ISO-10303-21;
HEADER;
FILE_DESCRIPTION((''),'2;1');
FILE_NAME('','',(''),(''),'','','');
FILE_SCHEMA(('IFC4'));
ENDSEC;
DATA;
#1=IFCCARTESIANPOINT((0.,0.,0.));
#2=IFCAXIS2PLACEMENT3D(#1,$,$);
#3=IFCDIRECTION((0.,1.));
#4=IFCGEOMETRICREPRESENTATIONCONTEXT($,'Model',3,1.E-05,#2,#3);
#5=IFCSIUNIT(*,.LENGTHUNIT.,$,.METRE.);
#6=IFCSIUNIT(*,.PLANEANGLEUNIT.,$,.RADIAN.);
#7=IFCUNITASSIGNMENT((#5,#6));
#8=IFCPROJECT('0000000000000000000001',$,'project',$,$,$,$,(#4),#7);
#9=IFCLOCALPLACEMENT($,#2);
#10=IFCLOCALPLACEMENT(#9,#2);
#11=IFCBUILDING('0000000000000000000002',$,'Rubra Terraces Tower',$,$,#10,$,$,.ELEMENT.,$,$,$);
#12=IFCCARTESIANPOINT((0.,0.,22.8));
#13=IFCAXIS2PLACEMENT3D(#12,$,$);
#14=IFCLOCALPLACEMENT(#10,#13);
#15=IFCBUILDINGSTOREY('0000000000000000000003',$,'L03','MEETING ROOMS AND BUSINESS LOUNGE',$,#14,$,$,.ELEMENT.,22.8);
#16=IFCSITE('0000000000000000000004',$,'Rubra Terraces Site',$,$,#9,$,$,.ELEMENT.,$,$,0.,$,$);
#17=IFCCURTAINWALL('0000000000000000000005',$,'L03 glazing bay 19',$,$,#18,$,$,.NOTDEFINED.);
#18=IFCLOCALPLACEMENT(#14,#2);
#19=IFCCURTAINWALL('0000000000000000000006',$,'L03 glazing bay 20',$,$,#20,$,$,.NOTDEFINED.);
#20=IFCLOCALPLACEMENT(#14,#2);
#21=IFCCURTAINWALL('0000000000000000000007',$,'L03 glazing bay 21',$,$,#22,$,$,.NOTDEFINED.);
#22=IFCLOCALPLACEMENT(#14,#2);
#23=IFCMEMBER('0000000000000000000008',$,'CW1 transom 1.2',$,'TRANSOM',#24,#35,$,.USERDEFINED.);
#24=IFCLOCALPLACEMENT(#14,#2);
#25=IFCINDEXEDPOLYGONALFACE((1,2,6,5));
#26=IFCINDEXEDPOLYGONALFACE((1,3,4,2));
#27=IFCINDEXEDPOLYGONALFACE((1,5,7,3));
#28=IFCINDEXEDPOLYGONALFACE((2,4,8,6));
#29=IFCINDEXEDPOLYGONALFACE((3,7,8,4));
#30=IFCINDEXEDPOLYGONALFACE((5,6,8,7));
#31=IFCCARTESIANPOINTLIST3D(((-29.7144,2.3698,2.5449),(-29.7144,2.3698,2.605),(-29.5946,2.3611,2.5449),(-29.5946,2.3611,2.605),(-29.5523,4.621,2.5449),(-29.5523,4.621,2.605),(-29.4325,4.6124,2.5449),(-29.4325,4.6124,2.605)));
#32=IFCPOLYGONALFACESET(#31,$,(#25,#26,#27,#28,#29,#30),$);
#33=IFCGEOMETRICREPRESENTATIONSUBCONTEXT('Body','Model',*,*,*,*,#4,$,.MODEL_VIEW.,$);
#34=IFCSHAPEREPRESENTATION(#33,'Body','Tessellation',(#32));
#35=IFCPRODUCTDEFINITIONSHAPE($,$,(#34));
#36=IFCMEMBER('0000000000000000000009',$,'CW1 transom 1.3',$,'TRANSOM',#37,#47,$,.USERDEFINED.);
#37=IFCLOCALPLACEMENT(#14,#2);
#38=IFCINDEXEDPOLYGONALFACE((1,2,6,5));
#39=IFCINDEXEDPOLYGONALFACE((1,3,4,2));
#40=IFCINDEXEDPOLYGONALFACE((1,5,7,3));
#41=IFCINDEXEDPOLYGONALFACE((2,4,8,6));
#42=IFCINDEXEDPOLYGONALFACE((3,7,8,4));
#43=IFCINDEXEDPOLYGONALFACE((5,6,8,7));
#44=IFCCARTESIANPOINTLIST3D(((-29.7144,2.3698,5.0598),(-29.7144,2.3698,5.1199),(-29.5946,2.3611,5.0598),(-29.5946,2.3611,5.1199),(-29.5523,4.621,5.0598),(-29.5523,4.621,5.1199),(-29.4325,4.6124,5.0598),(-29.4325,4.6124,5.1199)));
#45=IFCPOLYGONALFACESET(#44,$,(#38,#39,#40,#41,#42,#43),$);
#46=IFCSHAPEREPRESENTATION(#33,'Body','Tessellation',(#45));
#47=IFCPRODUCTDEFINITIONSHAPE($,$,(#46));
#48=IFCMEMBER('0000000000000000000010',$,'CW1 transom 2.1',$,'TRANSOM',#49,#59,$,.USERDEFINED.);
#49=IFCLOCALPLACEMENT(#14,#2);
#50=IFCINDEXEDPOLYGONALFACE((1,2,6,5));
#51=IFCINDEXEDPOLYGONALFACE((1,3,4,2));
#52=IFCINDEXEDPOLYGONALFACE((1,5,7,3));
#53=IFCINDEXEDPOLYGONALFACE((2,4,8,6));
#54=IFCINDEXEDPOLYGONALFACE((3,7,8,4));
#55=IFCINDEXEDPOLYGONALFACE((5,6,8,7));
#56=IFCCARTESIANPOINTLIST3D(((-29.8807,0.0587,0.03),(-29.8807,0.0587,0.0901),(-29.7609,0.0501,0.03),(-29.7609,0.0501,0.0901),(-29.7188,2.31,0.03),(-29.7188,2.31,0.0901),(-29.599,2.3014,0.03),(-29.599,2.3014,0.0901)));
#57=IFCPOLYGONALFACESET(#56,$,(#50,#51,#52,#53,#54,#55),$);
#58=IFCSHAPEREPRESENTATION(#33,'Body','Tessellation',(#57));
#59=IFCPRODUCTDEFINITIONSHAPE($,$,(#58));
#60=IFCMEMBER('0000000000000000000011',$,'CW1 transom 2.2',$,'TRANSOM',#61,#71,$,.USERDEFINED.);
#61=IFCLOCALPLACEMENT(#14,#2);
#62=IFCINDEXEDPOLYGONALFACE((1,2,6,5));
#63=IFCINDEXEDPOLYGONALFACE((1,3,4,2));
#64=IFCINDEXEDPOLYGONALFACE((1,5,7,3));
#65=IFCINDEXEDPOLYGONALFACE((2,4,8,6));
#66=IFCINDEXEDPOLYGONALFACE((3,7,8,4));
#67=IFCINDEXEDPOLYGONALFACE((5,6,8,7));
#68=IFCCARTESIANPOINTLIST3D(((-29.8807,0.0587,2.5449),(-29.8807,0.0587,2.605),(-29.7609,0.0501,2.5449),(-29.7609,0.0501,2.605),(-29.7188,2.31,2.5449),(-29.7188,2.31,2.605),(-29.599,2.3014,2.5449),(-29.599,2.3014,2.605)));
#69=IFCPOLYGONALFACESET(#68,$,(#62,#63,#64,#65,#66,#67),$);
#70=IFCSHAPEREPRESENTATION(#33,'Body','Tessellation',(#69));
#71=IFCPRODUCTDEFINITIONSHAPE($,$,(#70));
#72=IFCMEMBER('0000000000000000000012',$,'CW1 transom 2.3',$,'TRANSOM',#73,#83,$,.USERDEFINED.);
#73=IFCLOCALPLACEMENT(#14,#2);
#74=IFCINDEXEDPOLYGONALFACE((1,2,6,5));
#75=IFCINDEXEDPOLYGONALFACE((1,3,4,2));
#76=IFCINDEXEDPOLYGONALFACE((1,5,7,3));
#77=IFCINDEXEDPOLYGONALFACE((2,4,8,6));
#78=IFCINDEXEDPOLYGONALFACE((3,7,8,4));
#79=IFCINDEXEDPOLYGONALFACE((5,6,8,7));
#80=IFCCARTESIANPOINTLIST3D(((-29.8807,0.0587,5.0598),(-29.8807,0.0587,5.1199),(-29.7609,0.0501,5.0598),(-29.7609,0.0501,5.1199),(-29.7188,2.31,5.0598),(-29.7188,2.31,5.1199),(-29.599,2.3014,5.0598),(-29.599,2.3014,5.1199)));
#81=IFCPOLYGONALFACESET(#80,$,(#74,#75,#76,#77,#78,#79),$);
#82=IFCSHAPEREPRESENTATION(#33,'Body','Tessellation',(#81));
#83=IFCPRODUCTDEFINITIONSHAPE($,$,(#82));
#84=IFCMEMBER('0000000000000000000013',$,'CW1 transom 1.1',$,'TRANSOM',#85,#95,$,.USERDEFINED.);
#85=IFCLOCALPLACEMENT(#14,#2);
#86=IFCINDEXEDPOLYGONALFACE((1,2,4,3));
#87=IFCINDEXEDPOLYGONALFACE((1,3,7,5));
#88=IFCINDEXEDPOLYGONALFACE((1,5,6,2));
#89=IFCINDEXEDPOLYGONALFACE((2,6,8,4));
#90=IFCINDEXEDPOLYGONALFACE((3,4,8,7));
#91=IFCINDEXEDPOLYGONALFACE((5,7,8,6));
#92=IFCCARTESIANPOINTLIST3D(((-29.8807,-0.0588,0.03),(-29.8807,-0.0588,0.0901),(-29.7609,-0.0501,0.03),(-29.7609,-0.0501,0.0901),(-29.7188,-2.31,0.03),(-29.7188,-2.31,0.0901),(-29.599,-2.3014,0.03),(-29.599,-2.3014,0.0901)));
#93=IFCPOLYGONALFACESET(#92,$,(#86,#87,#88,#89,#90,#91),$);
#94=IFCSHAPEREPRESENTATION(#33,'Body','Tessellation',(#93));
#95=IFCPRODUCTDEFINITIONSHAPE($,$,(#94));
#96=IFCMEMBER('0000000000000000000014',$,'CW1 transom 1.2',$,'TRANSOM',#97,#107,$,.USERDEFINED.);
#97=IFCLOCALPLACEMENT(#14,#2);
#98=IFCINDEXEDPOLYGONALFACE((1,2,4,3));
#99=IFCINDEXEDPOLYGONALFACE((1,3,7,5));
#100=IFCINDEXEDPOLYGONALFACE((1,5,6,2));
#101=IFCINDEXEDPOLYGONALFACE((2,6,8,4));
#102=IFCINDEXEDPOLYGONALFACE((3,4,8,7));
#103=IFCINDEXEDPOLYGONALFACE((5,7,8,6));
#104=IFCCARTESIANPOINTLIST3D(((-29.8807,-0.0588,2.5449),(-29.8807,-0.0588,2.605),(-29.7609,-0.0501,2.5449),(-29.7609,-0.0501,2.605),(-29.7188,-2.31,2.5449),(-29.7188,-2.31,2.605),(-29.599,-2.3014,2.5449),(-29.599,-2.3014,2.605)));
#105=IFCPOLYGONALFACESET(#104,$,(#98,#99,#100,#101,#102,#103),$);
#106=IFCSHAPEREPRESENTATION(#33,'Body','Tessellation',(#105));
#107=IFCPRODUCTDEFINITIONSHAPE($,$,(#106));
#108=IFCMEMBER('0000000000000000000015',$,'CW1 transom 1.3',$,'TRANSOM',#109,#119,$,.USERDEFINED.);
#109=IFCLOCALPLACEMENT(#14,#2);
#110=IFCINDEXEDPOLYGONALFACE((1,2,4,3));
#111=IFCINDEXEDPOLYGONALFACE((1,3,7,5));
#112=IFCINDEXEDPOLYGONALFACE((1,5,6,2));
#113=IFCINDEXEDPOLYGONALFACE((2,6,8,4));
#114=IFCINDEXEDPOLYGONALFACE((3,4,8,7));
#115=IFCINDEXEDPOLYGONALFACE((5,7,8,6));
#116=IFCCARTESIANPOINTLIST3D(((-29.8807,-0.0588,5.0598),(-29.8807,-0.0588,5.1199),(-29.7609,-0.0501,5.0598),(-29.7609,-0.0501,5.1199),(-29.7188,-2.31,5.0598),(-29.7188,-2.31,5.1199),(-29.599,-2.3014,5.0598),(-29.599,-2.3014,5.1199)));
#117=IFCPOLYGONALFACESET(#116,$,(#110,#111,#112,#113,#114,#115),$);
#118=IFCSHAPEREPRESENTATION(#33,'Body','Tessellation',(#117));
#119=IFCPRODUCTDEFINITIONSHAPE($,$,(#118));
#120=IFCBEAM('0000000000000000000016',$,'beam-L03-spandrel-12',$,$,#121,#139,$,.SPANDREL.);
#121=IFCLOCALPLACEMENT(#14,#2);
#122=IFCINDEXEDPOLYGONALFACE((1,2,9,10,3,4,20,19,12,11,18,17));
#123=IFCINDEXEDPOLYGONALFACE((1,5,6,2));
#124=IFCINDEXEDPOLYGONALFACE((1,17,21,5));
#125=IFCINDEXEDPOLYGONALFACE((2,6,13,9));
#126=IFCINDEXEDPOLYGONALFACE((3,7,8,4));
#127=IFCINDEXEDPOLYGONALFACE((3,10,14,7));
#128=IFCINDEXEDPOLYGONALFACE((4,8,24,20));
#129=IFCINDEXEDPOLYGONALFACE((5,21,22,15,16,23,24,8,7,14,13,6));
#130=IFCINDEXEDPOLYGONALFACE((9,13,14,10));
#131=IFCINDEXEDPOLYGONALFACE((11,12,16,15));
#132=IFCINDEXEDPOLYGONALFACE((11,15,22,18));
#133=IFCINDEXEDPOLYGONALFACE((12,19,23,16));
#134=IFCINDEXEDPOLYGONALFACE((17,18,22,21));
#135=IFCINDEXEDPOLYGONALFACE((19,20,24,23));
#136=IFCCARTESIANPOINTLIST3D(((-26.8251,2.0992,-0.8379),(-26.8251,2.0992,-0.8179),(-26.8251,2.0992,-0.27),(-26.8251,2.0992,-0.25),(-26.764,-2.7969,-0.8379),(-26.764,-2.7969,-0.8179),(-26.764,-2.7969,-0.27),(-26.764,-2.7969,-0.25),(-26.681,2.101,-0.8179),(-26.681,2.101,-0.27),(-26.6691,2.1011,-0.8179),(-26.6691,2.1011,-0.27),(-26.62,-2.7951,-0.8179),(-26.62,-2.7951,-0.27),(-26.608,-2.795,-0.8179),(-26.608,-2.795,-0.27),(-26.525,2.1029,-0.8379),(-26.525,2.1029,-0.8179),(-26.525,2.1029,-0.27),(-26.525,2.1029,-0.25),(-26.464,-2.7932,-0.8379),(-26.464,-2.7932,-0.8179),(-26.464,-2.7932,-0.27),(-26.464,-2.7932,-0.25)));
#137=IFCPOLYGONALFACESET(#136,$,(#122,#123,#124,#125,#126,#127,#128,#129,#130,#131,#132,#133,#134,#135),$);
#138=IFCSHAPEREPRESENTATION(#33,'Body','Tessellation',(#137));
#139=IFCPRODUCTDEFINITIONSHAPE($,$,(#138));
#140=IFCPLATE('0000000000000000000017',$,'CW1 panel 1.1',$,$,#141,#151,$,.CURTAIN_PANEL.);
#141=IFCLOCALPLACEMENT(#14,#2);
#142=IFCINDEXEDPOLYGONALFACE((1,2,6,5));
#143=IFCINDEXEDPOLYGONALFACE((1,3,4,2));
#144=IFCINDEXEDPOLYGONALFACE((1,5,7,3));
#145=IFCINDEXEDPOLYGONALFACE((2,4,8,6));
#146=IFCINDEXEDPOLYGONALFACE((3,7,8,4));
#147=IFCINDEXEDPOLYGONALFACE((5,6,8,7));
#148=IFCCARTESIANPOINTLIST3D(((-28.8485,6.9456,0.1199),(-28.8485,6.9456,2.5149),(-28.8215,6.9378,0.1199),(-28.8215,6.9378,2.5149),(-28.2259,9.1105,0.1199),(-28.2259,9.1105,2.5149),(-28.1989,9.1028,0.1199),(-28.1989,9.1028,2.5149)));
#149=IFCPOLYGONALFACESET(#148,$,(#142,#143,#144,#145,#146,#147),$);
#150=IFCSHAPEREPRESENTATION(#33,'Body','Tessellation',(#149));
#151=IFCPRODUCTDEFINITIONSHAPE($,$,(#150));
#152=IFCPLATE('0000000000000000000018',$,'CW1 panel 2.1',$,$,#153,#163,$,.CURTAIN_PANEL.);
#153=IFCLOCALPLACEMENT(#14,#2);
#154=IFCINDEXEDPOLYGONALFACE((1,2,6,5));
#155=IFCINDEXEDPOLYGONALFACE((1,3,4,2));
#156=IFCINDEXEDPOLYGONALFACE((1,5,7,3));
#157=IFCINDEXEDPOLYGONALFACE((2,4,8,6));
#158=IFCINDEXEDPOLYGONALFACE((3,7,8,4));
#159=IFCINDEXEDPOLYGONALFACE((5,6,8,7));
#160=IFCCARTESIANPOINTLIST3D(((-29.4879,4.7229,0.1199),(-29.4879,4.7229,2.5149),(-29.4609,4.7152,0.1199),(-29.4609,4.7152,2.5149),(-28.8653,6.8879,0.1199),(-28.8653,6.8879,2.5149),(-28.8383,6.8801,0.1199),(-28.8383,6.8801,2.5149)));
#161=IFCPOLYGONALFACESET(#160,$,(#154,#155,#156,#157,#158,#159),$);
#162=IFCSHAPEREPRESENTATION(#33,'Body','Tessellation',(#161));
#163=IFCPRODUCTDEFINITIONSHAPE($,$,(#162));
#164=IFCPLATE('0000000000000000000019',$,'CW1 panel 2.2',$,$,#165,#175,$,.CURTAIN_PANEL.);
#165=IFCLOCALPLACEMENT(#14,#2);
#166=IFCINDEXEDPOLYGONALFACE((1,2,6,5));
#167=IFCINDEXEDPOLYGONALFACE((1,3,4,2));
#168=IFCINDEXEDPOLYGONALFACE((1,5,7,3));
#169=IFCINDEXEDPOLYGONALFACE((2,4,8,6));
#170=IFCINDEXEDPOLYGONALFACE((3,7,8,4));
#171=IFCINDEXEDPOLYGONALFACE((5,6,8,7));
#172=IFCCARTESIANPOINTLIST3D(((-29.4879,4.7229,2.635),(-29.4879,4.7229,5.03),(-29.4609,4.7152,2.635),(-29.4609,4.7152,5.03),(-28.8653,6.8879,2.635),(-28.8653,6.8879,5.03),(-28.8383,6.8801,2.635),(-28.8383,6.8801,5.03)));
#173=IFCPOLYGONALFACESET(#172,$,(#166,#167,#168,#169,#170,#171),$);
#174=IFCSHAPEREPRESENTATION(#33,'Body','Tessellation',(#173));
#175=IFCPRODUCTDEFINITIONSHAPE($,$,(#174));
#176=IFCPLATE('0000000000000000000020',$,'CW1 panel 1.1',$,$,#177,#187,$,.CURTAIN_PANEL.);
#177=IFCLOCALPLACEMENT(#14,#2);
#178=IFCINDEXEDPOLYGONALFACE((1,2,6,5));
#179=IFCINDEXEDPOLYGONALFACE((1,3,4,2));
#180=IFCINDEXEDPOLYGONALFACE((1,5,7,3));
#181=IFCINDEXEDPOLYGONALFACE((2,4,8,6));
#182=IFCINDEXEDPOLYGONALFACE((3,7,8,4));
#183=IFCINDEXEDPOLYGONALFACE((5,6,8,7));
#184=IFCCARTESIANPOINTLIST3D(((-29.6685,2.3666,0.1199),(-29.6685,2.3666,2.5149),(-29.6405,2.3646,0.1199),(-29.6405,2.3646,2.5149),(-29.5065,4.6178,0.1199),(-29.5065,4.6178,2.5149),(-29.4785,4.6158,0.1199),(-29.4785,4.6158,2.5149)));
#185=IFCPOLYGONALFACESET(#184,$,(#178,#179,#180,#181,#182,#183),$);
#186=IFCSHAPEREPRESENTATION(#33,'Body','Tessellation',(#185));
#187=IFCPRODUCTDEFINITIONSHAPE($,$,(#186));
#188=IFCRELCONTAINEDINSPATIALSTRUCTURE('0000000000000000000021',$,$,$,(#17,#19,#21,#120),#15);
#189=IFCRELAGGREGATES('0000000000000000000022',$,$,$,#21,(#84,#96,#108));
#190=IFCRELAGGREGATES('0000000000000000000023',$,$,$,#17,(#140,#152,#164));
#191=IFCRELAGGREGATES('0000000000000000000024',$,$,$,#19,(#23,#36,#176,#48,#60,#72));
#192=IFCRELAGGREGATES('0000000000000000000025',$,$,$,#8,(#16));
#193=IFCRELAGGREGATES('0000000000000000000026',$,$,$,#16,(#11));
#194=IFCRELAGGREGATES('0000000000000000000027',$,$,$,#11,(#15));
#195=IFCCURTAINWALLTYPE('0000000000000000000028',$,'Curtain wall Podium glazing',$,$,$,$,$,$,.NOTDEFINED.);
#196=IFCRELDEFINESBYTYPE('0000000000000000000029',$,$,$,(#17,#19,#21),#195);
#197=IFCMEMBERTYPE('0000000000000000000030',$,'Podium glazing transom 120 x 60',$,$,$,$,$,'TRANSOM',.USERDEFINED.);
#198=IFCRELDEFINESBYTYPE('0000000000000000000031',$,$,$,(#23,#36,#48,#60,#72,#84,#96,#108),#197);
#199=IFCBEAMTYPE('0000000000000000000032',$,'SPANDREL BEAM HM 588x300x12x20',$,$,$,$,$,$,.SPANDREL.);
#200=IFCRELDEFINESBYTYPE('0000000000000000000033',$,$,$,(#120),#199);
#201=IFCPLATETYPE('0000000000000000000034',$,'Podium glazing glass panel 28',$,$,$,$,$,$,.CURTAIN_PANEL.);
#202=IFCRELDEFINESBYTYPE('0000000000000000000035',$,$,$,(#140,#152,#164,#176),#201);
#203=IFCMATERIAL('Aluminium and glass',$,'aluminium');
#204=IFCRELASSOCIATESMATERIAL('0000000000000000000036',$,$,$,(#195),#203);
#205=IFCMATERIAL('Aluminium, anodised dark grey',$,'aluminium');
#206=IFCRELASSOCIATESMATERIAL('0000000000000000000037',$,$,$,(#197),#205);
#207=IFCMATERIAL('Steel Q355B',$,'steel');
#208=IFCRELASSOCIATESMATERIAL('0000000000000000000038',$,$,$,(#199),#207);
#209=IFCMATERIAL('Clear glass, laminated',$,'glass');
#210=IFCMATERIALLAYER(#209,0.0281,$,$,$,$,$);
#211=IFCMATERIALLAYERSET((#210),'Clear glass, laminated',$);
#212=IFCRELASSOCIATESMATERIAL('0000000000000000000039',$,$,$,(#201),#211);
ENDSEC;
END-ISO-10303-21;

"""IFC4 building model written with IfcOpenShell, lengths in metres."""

from ifc_helpers import new_model, si_unit, direction, frame, origin, origin_2d, place, context, subcontext, project, spatial, rectangle, i_section, extrude, material, layer, layer_set, material_profile, profile_set, type_object, element, aggregate, save


model = new_model("IFC4")

# Units and contexts
model_context = context("Model", 3, precision=1e-05, world=origin(), true_north=direction((0.0, 1.0)))
body_context = subcontext(model_context, "Body", "Model", "MODEL_VIEW")
ifc_project = project(units=[si_unit("LENGTHUNIT", "METRE"), si_unit("PLANEANGLEUNIT", "RADIAN")], contexts=[model_context])

# Site, building, storey
site_placement = place(None, origin())
site = spatial("IfcSite", under=ifc_project, at=site_placement, Name="Rubra Terraces Site", CompositionType="ELEMENT", RefElevation=0.0)
building_placement = place(site_placement, origin())
building = spatial("IfcBuilding", under=site, at=building_placement, Name="Rubra Terraces Tower", CompositionType="ELEMENT")
storey_placement = place(building_placement, frame((0.0, 0.0, 22.8)))
storey = spatial("IfcBuildingStorey", under=building, at=storey_placement, Name="L03", Description="MEETING ROOMS AND BUSINESS LOUNGE", CompositionType="ELEMENT", Elevation=22.8)

# Shared definitions
ifc_material_1 = material(Name="Steel Q355B", Category="steel")

# Curtain wall
ifc_material_2 = material(Name="Aluminium and glass", Category="aluminium")
curtain_wall_type = type_object("IfcCurtainWallType", Name="Curtain wall Podium glazing", PredefinedType="NOTDEFINED", material=ifc_material_2)
curtain_wall_1_placement = place(storey_placement, origin())
curtain_wall_1 = element("IfcCurtainWall", 1, at=curtain_wall_1_placement, inside=storey, type_object=curtain_wall_type, Name="L03 glazing bay 19", PredefinedType="NOTDEFINED")
ifc_material_3 = material(Name="Aluminium, anodised dark grey", Category="aluminium")

# Curtain wall
curtain_wall_2_placement = place(storey_placement, origin())
curtain_wall_2 = element("IfcCurtainWall", 2, at=curtain_wall_2_placement, inside=storey, type_object=curtain_wall_type, Name="L03 glazing bay 20", PredefinedType="NOTDEFINED")

# Curtain wall
curtain_wall_3_placement = place(storey_placement, origin())
curtain_wall_3 = element("IfcCurtainWall", 3, at=curtain_wall_3_placement, inside=storey, type_object=curtain_wall_type, Name="L03 glazing bay 21", PredefinedType="NOTDEFINED")

# Members
ifc_material_profile_1 = material_profile(ifc_material_3, rectangle(XDim=0.1201, YDim=0.0601, at=origin_2d()), Name="AL 120x60")
ifc_profile_set_1 = profile_set([ifc_material_profile_1], Name="Aluminium, anodised dark grey")
member_type_1 = type_object("IfcMemberType", Name="Podium glazing transom 120 x 60", ElementType="TRANSOM", PredefinedType="USERDEFINED", material=ifc_profile_set_1)
member_1_placement = place(storey_placement, frame((-29.4924, 4.6167, 2.575), z_axis=(-0.071824, -0.997417, 0.0), x_axis=(0.997417, -0.071824, 0.0)))
member_1 = element("IfcMember", 4, at=member_1_placement, type_object=member_type_1, Name="CW1 transom 1.2", ObjectType="TRANSOM", PredefinedType="USERDEFINED", context=body_context, shape_type="SweptSolid", body=[
    extrude(rectangle(XDim=0.1201, YDim=0.0601, at=origin_2d()), origin(), (0.0, 0.0, 1.0), 2.2571),
])
member_2_placement = place(storey_placement, frame((-29.4924, 4.6167, 5.0898), z_axis=(-0.071824, -0.997417, 0.0), x_axis=(0.997417, -0.071824, 0.0)))
member_2 = element("IfcMember", 5, at=member_2_placement, type_object=member_type_1, Name="CW1 transom 1.3", ObjectType="TRANSOM", PredefinedType="USERDEFINED", context=body_context, shape_type="SweptSolid", body=[
    extrude(rectangle(XDim=0.1201, YDim=0.0601, at=origin_2d()), origin(), (0.0, 0.0, 1.0), 2.2571),
])
member_3_placement = place(storey_placement, frame((-29.6589, 2.3057, 0.0601), z_axis=(-0.071716, -0.997425, 0.0), x_axis=(0.997425, -0.071716, 0.0)))
member_3 = element("IfcMember", 6, at=member_3_placement, type_object=member_type_1, Name="CW1 transom 2.1", ObjectType="TRANSOM", PredefinedType="USERDEFINED", context=body_context, shape_type="SweptSolid", body=[
    extrude(rectangle(XDim=0.1201, YDim=0.0601, at=origin_2d()), origin(), (0.0, 0.0, 1.0), 2.2571),
])
member_4_placement = place(storey_placement, frame((-29.6589, 2.3057, 2.575), z_axis=(-0.071716, -0.997425, 0.0), x_axis=(0.997425, -0.071716, 0.0)))
member_4 = element("IfcMember", 7, at=member_4_placement, type_object=member_type_1, Name="CW1 transom 2.2", ObjectType="TRANSOM", PredefinedType="USERDEFINED", context=body_context, shape_type="SweptSolid", body=[
    extrude(rectangle(XDim=0.1201, YDim=0.0601, at=origin_2d()), origin(), (0.0, 0.0, 1.0), 2.2571),
])
member_5_placement = place(storey_placement, frame((-29.6589, 2.3057, 5.0898), z_axis=(-0.071716, -0.997425, 0.0), x_axis=(0.997425, -0.071716, 0.0)))
member_5 = element("IfcMember", 8, at=member_5_placement, type_object=member_type_1, Name="CW1 transom 2.3", ObjectType="TRANSOM", PredefinedType="USERDEFINED", context=body_context, shape_type="SweptSolid", body=[
    extrude(rectangle(XDim=0.1201, YDim=0.0601, at=origin_2d()), origin(), (0.0, 0.0, 1.0), 2.2571),
])
member_6_placement = place(storey_placement, frame((-29.8208, -0.0544, 0.0601), z_axis=(0.071716, -0.997425, 0.0), x_axis=(0.997425, 0.071716, 0.0)))
member_6 = element("IfcMember", 9, at=member_6_placement, type_object=member_type_1, Name="CW1 transom 1.1", ObjectType="TRANSOM", PredefinedType="USERDEFINED", context=body_context, shape_type="SweptSolid", body=[
    extrude(rectangle(XDim=0.1201, YDim=0.0601, at=origin_2d()), origin(), (0.0, 0.0, 1.0), 2.2571),
])
member_7_placement = place(storey_placement, frame((-29.8208, -0.0544, 2.575), z_axis=(0.071716, -0.997425, 0.0), x_axis=(0.997425, 0.071716, 0.0)))
member_7 = element("IfcMember", 10, at=member_7_placement, type_object=member_type_1, Name="CW1 transom 1.2", ObjectType="TRANSOM", PredefinedType="USERDEFINED", context=body_context, shape_type="SweptSolid", body=[
    extrude(rectangle(XDim=0.1201, YDim=0.0601, at=origin_2d()), origin(), (0.0, 0.0, 1.0), 2.2571),
])
member_8_placement = place(storey_placement, frame((-29.8208, -0.0544, 5.0898), z_axis=(0.071716, -0.997425, 0.0), x_axis=(0.997425, 0.071716, 0.0)))
member_8 = element("IfcMember", 11, at=member_8_placement, type_object=member_type_1, Name="CW1 transom 1.3", ObjectType="TRANSOM", PredefinedType="USERDEFINED", context=body_context, shape_type="SweptSolid", body=[
    extrude(rectangle(XDim=0.1201, YDim=0.0601, at=origin_2d()), origin(), (0.0, 0.0, 1.0), 2.2571),
])
aggregate(curtain_wall_3, [member_6, member_7, member_8])

# Beam
ifc_material_profile_2 = material_profile(ifc_material_1, i_section(OverallWidth=0.3, OverallDepth=0.5879, WebThickness=0.012, FlangeThickness=0.02, at=origin_2d()), Name="HM 588x300x12x20")
ifc_profile_set_2 = profile_set([ifc_material_profile_2], Name="Steel Q355B")
beam_type_1 = type_object("IfcBeamType", Name="SPANDREL BEAM HM 588x300x12x20", PredefinedType="SPANDREL", material=ifc_profile_set_2)
beam_1_placement = place(storey_placement, frame((-26.675, 2.1011, -0.5439), z_axis=(0.012465, -0.999922, 0.0), x_axis=(0.999922, 0.012465, 0.0)))
element("IfcBeam", 12, at=beam_1_placement, inside=storey, type_object=beam_type_1, Name="beam-L03-spandrel-12", PredefinedType="SPANDREL", context=body_context, shape_type="SweptSolid", body=[
    extrude(i_section(OverallWidth=0.3, OverallDepth=0.5879, WebThickness=0.012, FlangeThickness=0.02, at=origin_2d()), origin(), (0.0, 0.0, 1.0), 4.8965),
])

# Plates
ifc_material_4 = material(Name="Clear glass, laminated", Category="glass")
ifc_layer_1 = layer(ifc_material_4, 0.0281)
ifc_layer_set_1 = layer_set([ifc_layer_1], Name="Clear glass, laminated")
plate_type = type_object("IfcPlateType", Name="Podium glazing glass panel 28", PredefinedType="CURTAIN_PANEL", material=ifc_layer_set_1)
plate_1_placement = place(storey_placement, frame((-28.5237, 8.0242, 0.1199), z_axis=(0.0, 0.0, 1.0), x_axis=(-0.276384, -0.961047, 0.0)))
plate_1 = element("IfcPlate", 13, at=plate_1_placement, type_object=plate_type, Name="CW1 panel 1.1", PredefinedType="CURTAIN_PANEL", context=body_context, shape_type="SweptSolid", body=[
    extrude(rectangle(XDim=2.2527, YDim=0.0281, at=origin_2d()), origin(), (0.0, 0.0, 1.0), 2.395),
])
plate_2_placement = place(storey_placement, frame((-29.1631, 5.8015, 0.1199), z_axis=(0.0, 0.0, 1.0), x_axis=(-0.276384, -0.961047, 0.0)))
plate_2 = element("IfcPlate", 14, at=plate_2_placement, type_object=plate_type, Name="CW1 panel 2.1", PredefinedType="CURTAIN_PANEL", context=body_context, shape_type="SweptSolid", body=[
    extrude(rectangle(XDim=2.2527, YDim=0.0281, at=origin_2d()), origin(), (0.0, 0.0, 1.0), 2.395),
])
plate_3_placement = place(storey_placement, frame((-29.1631, 5.8015, 2.635), z_axis=(0.0, 0.0, 1.0), x_axis=(-0.276384, -0.961047, 0.0)))
plate_3 = element("IfcPlate", 15, at=plate_3_placement, type_object=plate_type, Name="CW1 panel 2.2", PredefinedType="CURTAIN_PANEL", context=body_context, shape_type="SweptSolid", body=[
    extrude(rectangle(XDim=2.2527, YDim=0.0281, at=origin_2d()), origin(), (0.0, 0.0, 1.0), 2.395),
])
aggregate(curtain_wall_1, [plate_1, plate_2, plate_3])
plate_4_placement = place(storey_placement, frame((-29.5735, 3.4912, 0.1199), z_axis=(0.0, 0.0, 1.0), x_axis=(-0.071792, -0.99742, 0.0)))
plate_4 = element("IfcPlate", 16, at=plate_4_placement, type_object=plate_type, Name="CW1 panel 1.1", PredefinedType="CURTAIN_PANEL", context=body_context, shape_type="SweptSolid", body=[
    extrude(rectangle(XDim=2.2571, YDim=0.0281, at=origin_2d()), origin(), (0.0, 0.0, 1.0), 2.395),
])
aggregate(curtain_wall_2, [member_1, member_2, plate_4, member_3, member_4, member_5])

save(model, "model.ifc")
